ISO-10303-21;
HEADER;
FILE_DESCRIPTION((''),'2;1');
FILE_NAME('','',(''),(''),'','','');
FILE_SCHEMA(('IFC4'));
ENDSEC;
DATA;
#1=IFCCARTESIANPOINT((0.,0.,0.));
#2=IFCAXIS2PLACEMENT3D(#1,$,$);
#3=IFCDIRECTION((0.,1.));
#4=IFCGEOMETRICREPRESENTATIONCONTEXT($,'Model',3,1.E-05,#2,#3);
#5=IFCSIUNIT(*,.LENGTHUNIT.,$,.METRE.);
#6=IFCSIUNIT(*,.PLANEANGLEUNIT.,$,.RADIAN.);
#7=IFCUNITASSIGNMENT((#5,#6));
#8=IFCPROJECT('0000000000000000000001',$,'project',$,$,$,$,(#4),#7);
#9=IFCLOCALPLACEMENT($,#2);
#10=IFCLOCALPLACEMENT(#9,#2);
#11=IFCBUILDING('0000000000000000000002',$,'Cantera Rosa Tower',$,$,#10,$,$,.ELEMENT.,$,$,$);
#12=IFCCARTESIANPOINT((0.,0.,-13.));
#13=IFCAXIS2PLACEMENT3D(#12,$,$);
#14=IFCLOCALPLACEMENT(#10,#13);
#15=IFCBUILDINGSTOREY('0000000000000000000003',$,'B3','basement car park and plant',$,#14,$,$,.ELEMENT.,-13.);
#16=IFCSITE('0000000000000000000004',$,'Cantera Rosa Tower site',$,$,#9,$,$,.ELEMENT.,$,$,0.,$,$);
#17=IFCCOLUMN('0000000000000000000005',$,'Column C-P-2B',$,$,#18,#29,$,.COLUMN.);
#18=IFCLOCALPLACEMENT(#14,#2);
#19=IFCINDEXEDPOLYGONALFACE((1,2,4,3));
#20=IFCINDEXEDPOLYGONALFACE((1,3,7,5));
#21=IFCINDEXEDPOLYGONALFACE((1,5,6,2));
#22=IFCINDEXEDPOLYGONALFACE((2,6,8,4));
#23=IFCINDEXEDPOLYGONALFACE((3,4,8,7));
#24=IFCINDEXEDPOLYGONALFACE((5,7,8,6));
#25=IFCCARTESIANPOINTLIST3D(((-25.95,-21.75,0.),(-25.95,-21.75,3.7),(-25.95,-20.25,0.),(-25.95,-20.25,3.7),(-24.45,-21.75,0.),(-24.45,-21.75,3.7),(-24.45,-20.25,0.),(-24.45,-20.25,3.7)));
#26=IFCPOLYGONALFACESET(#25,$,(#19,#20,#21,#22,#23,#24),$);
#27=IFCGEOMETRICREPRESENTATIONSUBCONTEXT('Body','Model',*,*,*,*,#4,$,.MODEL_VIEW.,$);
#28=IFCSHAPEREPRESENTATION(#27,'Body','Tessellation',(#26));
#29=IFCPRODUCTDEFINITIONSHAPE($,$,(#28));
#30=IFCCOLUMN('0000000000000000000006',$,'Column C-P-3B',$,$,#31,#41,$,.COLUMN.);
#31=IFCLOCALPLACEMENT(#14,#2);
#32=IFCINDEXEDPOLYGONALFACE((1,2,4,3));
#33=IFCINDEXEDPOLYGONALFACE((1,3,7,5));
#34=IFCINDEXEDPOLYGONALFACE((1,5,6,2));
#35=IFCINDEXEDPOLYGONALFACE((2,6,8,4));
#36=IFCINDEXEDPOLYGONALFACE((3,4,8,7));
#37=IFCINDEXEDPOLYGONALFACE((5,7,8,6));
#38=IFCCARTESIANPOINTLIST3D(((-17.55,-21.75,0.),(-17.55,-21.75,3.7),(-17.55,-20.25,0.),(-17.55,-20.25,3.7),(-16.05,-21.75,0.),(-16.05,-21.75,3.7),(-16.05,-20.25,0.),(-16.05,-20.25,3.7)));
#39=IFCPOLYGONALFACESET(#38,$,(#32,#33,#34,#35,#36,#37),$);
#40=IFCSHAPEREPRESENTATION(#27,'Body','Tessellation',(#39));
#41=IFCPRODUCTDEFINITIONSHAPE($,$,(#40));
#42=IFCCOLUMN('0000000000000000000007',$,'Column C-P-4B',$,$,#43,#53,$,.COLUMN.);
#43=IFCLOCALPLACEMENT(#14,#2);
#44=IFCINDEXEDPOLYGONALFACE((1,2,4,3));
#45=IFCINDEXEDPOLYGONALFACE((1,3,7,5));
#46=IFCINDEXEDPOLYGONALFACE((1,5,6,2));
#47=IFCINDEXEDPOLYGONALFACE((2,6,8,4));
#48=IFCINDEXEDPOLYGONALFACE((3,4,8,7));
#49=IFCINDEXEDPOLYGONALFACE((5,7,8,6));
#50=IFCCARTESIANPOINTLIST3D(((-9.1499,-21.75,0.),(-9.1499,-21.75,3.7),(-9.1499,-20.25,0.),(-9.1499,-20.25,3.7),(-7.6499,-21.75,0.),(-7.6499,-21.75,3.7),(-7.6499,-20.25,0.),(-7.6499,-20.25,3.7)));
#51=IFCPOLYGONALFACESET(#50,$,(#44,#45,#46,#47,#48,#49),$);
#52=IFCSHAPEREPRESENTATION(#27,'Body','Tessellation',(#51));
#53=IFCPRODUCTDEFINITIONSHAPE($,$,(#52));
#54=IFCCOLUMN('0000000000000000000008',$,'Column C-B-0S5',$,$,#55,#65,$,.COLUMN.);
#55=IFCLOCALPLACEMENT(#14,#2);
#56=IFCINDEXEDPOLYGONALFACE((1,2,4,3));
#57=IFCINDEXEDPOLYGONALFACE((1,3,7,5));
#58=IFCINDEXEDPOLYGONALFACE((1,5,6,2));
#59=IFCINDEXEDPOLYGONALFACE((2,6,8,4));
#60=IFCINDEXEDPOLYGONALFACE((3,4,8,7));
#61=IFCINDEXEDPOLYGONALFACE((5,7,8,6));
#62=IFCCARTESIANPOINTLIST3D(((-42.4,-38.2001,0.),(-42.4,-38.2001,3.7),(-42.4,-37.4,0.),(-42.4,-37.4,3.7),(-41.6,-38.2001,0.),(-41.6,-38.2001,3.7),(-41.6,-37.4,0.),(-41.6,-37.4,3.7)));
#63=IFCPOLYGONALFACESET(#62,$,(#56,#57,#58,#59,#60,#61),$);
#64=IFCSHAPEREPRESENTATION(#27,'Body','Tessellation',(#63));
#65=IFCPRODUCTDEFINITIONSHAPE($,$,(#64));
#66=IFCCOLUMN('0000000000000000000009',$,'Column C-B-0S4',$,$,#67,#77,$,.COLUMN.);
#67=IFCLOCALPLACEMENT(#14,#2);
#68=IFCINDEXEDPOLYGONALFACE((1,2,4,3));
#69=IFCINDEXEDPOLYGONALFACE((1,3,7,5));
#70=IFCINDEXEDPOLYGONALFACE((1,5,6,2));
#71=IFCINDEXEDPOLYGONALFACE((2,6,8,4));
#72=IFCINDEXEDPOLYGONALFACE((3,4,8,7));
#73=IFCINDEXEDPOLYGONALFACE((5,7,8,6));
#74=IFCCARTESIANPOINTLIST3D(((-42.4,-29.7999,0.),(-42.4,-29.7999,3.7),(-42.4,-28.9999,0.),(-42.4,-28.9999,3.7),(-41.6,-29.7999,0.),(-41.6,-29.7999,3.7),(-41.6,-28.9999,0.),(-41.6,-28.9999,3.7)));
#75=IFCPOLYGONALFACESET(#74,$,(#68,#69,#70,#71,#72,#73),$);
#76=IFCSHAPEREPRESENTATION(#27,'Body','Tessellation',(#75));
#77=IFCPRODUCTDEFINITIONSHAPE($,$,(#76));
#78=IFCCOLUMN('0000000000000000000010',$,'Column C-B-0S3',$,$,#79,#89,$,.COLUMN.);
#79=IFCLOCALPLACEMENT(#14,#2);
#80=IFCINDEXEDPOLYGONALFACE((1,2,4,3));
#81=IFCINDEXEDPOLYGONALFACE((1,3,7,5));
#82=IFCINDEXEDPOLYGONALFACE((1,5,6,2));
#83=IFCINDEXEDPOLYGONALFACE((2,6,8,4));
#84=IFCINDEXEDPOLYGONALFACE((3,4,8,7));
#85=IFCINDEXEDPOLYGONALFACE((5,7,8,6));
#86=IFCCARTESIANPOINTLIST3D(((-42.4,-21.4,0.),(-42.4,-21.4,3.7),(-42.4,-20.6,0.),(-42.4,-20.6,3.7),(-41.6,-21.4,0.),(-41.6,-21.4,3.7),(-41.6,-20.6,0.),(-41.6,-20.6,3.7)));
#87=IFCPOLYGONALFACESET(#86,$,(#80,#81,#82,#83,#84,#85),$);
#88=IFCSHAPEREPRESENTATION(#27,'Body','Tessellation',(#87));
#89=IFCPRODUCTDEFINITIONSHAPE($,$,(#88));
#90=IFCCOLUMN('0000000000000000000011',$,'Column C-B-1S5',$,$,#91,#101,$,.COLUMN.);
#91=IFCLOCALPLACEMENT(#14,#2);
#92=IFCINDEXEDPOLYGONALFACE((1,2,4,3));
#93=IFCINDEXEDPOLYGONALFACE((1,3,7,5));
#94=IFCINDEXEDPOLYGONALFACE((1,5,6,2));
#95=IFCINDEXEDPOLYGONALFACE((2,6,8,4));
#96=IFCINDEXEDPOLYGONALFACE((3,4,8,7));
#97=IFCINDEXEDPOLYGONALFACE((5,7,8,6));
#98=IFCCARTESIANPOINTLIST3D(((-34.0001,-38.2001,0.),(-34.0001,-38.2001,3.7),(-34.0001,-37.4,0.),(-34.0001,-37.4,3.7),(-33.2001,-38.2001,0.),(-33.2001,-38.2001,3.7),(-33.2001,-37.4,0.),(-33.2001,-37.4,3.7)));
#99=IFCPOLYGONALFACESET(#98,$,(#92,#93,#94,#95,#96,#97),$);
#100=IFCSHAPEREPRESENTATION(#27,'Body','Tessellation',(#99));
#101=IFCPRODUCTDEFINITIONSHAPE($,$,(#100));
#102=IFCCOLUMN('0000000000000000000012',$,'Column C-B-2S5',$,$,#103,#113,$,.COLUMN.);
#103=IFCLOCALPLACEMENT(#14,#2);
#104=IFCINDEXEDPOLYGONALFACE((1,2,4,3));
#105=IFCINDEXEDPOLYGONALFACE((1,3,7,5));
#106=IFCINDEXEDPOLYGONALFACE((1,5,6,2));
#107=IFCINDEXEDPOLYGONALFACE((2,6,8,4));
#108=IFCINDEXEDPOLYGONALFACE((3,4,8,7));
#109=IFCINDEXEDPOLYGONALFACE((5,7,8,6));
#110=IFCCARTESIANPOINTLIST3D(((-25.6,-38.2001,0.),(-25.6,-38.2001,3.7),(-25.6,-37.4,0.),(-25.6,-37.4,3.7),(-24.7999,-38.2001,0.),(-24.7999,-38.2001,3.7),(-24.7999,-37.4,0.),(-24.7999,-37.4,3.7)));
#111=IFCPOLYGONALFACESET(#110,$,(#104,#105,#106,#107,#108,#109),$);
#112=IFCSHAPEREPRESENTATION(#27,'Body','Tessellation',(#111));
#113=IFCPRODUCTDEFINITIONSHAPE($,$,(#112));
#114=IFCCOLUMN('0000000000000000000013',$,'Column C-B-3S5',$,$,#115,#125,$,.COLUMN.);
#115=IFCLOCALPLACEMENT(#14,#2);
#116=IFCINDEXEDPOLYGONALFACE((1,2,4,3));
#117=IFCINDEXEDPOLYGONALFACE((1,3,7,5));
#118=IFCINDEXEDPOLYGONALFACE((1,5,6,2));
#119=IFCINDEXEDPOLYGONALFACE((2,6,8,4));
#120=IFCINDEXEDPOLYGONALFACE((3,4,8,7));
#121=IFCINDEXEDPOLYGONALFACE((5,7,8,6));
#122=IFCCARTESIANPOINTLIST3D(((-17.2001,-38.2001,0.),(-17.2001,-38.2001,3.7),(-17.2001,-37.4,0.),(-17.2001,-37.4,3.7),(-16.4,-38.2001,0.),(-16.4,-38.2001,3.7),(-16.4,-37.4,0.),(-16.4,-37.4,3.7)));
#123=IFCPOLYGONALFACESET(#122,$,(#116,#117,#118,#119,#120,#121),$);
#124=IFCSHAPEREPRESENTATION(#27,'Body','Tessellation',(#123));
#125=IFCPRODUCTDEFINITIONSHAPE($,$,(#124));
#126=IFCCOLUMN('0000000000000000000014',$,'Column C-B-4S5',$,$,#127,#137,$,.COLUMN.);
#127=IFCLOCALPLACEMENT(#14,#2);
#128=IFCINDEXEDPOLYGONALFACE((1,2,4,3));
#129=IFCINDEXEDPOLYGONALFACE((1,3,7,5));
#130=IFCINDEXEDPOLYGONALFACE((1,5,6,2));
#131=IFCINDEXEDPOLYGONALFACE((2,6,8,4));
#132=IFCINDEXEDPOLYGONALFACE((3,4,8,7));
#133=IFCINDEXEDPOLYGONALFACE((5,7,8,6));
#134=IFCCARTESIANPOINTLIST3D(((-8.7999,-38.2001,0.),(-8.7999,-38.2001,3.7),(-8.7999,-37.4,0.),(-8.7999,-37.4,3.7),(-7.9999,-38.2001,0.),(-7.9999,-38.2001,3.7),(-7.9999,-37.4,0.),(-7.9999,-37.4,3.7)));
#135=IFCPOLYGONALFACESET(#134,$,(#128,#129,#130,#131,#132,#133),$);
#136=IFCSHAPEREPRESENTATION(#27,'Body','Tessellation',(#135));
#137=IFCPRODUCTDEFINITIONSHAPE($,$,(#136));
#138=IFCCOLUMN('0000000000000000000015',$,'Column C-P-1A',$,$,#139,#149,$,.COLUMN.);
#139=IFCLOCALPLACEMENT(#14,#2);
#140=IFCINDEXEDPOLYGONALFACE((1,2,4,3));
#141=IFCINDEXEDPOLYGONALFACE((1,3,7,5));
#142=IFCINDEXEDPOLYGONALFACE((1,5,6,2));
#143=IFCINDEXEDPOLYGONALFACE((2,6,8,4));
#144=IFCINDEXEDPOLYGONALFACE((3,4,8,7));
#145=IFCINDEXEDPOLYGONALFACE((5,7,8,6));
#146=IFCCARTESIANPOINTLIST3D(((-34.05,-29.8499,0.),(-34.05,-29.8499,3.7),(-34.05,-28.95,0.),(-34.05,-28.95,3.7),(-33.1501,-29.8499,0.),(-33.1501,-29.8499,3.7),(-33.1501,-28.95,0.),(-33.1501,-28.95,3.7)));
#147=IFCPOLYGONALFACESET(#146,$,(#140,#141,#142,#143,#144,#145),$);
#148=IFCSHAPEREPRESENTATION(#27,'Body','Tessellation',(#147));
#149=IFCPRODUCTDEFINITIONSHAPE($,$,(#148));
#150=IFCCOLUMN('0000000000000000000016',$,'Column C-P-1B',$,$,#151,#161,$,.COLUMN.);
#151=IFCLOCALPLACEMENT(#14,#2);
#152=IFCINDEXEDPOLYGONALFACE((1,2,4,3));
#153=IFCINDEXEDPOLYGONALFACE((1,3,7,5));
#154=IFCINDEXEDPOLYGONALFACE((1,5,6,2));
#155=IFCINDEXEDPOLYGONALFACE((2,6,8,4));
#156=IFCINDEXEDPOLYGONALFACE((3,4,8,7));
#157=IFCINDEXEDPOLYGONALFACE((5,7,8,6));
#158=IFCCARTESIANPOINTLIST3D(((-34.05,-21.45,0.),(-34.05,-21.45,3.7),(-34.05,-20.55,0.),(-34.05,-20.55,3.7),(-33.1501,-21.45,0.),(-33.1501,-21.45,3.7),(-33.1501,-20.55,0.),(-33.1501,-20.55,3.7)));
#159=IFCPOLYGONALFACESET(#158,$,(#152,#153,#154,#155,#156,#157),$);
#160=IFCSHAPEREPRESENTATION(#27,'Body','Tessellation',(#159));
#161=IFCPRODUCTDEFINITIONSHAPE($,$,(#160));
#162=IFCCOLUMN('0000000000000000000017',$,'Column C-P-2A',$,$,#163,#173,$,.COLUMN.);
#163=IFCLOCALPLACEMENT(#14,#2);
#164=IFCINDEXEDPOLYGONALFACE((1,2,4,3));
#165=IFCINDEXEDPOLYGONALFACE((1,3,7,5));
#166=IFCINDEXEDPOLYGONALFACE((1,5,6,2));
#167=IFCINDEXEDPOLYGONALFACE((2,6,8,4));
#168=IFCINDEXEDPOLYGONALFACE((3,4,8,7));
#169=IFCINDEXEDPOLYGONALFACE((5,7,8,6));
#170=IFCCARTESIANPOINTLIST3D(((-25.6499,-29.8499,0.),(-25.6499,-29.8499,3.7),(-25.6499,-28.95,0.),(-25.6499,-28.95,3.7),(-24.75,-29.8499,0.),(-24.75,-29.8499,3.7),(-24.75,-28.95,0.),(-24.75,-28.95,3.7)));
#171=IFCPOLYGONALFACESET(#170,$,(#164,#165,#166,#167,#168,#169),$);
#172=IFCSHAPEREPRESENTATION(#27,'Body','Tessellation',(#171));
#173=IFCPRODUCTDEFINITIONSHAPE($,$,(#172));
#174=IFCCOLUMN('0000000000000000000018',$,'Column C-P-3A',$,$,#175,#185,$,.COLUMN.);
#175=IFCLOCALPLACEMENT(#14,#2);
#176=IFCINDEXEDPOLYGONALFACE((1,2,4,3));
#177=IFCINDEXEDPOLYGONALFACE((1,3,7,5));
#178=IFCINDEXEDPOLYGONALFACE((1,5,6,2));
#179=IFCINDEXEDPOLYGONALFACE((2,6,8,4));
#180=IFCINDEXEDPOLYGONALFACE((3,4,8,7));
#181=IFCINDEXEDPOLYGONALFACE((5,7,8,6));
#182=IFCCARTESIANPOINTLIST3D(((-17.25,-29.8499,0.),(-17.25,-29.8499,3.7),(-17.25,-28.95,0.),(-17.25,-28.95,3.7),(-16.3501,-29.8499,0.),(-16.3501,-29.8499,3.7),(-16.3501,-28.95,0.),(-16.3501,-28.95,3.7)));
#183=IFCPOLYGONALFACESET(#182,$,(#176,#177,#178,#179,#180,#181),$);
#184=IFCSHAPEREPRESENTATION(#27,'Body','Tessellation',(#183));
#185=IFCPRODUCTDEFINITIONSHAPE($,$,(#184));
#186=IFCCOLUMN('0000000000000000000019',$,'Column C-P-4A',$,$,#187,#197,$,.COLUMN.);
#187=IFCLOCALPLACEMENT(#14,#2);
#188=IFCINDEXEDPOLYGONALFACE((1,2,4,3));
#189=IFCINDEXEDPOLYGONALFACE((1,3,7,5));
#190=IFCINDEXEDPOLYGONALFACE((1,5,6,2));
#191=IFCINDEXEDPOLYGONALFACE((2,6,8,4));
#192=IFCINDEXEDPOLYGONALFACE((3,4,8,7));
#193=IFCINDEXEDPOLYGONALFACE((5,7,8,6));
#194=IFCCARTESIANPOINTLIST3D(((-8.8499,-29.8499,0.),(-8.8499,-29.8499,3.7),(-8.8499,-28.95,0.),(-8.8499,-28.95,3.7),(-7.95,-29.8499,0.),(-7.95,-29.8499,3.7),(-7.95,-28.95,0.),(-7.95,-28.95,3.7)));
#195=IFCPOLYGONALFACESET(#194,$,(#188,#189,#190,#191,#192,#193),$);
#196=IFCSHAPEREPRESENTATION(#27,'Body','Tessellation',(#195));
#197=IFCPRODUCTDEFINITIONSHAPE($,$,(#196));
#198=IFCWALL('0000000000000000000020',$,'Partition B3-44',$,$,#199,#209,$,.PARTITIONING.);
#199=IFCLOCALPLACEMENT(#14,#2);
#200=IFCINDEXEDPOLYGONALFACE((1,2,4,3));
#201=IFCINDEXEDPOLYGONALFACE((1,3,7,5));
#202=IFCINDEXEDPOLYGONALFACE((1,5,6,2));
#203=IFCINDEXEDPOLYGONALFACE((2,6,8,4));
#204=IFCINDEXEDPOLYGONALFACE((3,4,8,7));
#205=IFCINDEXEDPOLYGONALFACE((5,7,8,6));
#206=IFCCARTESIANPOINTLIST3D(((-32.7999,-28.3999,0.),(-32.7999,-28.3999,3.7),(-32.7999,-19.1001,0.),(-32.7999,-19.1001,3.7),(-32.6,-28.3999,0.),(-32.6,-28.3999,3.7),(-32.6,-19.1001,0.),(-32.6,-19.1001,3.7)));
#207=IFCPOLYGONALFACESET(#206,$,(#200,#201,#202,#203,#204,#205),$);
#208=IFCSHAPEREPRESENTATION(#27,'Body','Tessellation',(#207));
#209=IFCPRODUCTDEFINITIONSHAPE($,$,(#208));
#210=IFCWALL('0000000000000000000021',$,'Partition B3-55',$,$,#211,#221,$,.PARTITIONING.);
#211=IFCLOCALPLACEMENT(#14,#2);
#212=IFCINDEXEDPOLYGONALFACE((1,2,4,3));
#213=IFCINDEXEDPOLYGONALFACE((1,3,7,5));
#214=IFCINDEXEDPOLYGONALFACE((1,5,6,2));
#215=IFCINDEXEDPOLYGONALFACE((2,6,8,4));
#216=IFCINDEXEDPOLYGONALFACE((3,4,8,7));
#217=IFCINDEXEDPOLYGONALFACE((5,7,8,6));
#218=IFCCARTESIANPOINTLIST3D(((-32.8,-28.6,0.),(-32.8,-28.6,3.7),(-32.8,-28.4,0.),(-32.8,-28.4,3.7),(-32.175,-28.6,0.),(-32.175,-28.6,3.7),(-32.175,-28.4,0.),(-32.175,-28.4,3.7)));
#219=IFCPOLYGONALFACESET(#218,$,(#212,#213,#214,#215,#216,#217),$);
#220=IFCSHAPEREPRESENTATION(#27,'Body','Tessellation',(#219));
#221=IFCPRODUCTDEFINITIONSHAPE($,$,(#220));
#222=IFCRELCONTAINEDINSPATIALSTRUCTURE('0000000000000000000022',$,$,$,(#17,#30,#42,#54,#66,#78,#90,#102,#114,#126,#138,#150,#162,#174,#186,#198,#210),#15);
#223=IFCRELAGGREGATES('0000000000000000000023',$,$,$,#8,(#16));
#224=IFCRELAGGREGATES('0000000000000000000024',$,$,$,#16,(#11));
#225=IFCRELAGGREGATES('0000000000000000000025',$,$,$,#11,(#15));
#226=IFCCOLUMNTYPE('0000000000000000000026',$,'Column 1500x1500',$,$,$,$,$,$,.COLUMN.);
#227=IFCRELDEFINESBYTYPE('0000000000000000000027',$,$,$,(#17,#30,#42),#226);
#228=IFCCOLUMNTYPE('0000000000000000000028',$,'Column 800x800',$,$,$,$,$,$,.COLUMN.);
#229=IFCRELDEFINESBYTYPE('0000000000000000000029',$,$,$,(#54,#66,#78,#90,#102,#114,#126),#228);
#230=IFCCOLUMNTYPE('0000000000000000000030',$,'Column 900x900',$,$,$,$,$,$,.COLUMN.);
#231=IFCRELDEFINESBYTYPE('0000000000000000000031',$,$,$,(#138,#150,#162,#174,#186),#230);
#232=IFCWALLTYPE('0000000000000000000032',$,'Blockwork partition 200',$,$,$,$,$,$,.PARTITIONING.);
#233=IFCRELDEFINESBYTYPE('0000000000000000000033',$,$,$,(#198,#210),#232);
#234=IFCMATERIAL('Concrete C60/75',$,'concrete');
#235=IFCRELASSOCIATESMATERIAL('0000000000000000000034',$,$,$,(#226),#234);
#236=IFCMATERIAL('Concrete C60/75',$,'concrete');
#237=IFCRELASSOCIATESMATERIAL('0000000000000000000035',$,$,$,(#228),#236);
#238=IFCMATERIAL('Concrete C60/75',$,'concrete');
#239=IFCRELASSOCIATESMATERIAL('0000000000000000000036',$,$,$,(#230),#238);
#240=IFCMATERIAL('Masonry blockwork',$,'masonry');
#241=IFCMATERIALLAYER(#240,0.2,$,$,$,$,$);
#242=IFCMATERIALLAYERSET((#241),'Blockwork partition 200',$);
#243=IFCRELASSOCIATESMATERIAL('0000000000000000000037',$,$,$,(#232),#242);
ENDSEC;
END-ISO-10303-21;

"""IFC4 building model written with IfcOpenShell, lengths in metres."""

from ifc_helpers import new_model, si_unit, direction, frame, frame_2d, origin, origin_2d, place, context, subcontext, project, spatial, rectangle, extrude, material, layer, layer_set, material_profile, profile_set, type_object, element, save


model = new_model("IFC4")

# Units and contexts
model_context = context("Model", 3, precision=1e-05, world=origin(), true_north=direction((0.0, 1.0)))
body_context = subcontext(model_context, "Body", "Model", "MODEL_VIEW")
ifc_project = project(units=[si_unit("LENGTHUNIT", "METRE"), si_unit("PLANEANGLEUNIT", "RADIAN")], contexts=[model_context])

# Site, building, storey
site_placement = place(None, origin())
site = spatial("IfcSite", under=ifc_project, at=site_placement, Name="Cantera Rosa Tower site", CompositionType="ELEMENT", RefElevation=0.0)
building_placement = place(site_placement, origin())
building = spatial("IfcBuilding", under=site, at=building_placement, Name="Cantera Rosa Tower", CompositionType="ELEMENT")
storey_placement = place(building_placement, frame((0.0, 0.0, -13.0)))
storey = spatial("IfcBuildingStorey", under=building, at=storey_placement, Name="B3", Description="basement car park and plant", CompositionType="ELEMENT", Elevation=-13.0)

# Columns
ifc_material_1 = material(Name="Concrete C60/75", Category="concrete")
ifc_material_profile_1 = material_profile(ifc_material_1, rectangle(XDim=1.5, YDim=1.5, at=origin_2d()), Name="Column 1500x1500")
ifc_profile_set_1 = profile_set([ifc_material_profile_1], Name="Concrete C60/75")
column_type_1 = type_object("IfcColumnType", Name="Column 1500x1500", PredefinedType="COLUMN", material=ifc_profile_set_1)
for number, where, z_axis, x_axis, name in (
    (1, (-25.2, -21.0, 0.0), (0.0, 0.0, 1.0), (1.0, 0.0, 0.0), "Column C-P-2B"),
    (2, (-16.8, -21.0, 0.0), (0.0, 0.0, 1.0), (1.0, 0.0, 0.0), "Column C-P-3B"),
    (3, (-8.3999, -21.0, 0.0), (0.0, 0.0, 1.0), (1.0, 0.0, 0.0), "Column C-P-4B"),
):
    element("IfcColumn", number, at=place(storey_placement, frame(where, z_axis=z_axis, x_axis=x_axis)), inside=storey, type_object=column_type_1, Name=name, PredefinedType="COLUMN", context=body_context, shape_type="SweptSolid", body=[
        extrude(rectangle(XDim=1.5, YDim=1.5, at=origin_2d()), origin(), (0.0, 0.0, 1.0), 3.7),
    ])
ifc_material_2 = material(Name="Concrete C60/75", Category="concrete")
ifc_material_profile_2 = material_profile(ifc_material_2, rectangle(XDim=0.8, YDim=0.8, at=origin_2d()), Name="Column 800x800")
ifc_profile_set_2 = profile_set([ifc_material_profile_2], Name="Concrete C60/75")
column_type_2 = type_object("IfcColumnType", Name="Column 800x800", PredefinedType="COLUMN", material=ifc_profile_set_2)
for number, where, z_axis, x_axis, name in (
    (4, (-42.0, -37.8, 0.0), (0.0, 0.0, 1.0), (1.0, 0.0, 0.0), "Column C-B-0S5"),
    (5, (-42.0, -29.3999, 0.0), (0.0, 0.0, 1.0), (1.0, 0.0, 0.0), "Column C-B-0S4"),
    (6, (-42.0, -21.0, 0.0), (0.0, 0.0, 1.0), (1.0, 0.0, 0.0), "Column C-B-0S3"),
    (7, (-33.6001, -37.8, 0.0), (0.0, 0.0, 1.0), (1.0, 0.0, 0.0), "Column C-B-1S5"),
    (8, (-25.2, -37.8, 0.0), (0.0, 0.0, 1.0), (1.0, 0.0, 0.0), "Column C-B-2S5"),
    (9, (-16.8, -37.8, 0.0), (0.0, 0.0, 1.0), (1.0, 0.0, 0.0), "Column C-B-3S5"),
    (10, (-8.3999, -37.8, 0.0), (0.0, 0.0, 1.0), (1.0, 0.0, 0.0), "Column C-B-4S5"),
):
    element("IfcColumn", number, at=place(storey_placement, frame(where, z_axis=z_axis, x_axis=x_axis)), inside=storey, type_object=column_type_2, Name=name, PredefinedType="COLUMN", context=body_context, shape_type="SweptSolid", body=[
        extrude(rectangle(XDim=0.8, YDim=0.8, at=origin_2d()), origin(), (0.0, 0.0, 1.0), 3.7),
    ])
ifc_material_3 = material(Name="Concrete C60/75", Category="concrete")
ifc_material_profile_3 = material_profile(ifc_material_3, rectangle(XDim=0.8999, YDim=0.8999, at=origin_2d()), Name="Column 900x900")
ifc_profile_set_3 = profile_set([ifc_material_profile_3], Name="Concrete C60/75")
column_type_3 = type_object("IfcColumnType", Name="Column 900x900", PredefinedType="COLUMN", material=ifc_profile_set_3)
for number, where, z_axis, x_axis, name in (
    (11, (-33.6001, -29.3999, 0.0), (0.0, 0.0, 1.0), (1.0, 0.0, 0.0), "Column C-P-1A"),
    (12, (-33.6001, -21.0, 0.0), (0.0, 0.0, 1.0), (1.0, 0.0, 0.0), "Column C-P-1B"),
    (13, (-25.2, -29.3999, 0.0), (0.0, 0.0, 1.0), (1.0, 0.0, 0.0), "Column C-P-2A"),
    (14, (-16.8, -29.3999, 0.0), (0.0, 0.0, 1.0), (1.0, 0.0, 0.0), "Column C-P-3A"),
    (15, (-8.3999, -29.3999, 0.0), (0.0, 0.0, 1.0), (1.0, 0.0, 0.0), "Column C-P-4A"),
):
    element("IfcColumn", number, at=place(storey_placement, frame(where, z_axis=z_axis, x_axis=x_axis)), inside=storey, type_object=column_type_3, Name=name, PredefinedType="COLUMN", context=body_context, shape_type="SweptSolid", body=[
        extrude(rectangle(XDim=0.8999, YDim=0.8999, at=origin_2d()), origin(), (0.0, 0.0, 1.0), 3.7),
    ])

# Walls
ifc_material_4 = material(Name="Masonry blockwork", Category="masonry")
ifc_layer_1 = layer(ifc_material_4, 0.2)
ifc_layer_set_1 = layer_set([ifc_layer_1], Name="Blockwork partition 200")
wall_type_1 = type_object("IfcWallType", Name="Blockwork partition 200", PredefinedType="PARTITIONING", material=ifc_layer_set_1)
wall_1_placement = place(storey_placement, frame((-32.7, -28.3999, 0.0), z_axis=(0.0, 0.0, 1.0), x_axis=(0.0, 1.0, 0.0)))
element("IfcWall", 16, at=wall_1_placement, inside=storey, type_object=wall_type_1, Name="Partition B3-44", PredefinedType="PARTITIONING", context=body_context, shape_type="SweptSolid", body=[
    extrude(rectangle(XDim=9.2998, YDim=0.2, at=frame_2d((4.6499, 0.0))), origin(), (0.0, 0.0, 1.0), 3.7),
])
wall_2_placement = place(storey_placement, frame((-32.8, -28.5, 0.0), z_axis=(0.0, 0.0, 1.0), x_axis=(1.0, 0.0, 0.0)))
element("IfcWall", 17, at=wall_2_placement, inside=storey, type_object=wall_type_1, Name="Partition B3-55", PredefinedType="PARTITIONING", context=body_context, shape_type="SweptSolid", body=[
    extrude(rectangle(XDim=0.625, YDim=0.2, at=frame_2d((0.3125, 0.0))), origin(), (0.0, 0.0, 1.0), 3.7),
])

save(model, "model.ifc")
